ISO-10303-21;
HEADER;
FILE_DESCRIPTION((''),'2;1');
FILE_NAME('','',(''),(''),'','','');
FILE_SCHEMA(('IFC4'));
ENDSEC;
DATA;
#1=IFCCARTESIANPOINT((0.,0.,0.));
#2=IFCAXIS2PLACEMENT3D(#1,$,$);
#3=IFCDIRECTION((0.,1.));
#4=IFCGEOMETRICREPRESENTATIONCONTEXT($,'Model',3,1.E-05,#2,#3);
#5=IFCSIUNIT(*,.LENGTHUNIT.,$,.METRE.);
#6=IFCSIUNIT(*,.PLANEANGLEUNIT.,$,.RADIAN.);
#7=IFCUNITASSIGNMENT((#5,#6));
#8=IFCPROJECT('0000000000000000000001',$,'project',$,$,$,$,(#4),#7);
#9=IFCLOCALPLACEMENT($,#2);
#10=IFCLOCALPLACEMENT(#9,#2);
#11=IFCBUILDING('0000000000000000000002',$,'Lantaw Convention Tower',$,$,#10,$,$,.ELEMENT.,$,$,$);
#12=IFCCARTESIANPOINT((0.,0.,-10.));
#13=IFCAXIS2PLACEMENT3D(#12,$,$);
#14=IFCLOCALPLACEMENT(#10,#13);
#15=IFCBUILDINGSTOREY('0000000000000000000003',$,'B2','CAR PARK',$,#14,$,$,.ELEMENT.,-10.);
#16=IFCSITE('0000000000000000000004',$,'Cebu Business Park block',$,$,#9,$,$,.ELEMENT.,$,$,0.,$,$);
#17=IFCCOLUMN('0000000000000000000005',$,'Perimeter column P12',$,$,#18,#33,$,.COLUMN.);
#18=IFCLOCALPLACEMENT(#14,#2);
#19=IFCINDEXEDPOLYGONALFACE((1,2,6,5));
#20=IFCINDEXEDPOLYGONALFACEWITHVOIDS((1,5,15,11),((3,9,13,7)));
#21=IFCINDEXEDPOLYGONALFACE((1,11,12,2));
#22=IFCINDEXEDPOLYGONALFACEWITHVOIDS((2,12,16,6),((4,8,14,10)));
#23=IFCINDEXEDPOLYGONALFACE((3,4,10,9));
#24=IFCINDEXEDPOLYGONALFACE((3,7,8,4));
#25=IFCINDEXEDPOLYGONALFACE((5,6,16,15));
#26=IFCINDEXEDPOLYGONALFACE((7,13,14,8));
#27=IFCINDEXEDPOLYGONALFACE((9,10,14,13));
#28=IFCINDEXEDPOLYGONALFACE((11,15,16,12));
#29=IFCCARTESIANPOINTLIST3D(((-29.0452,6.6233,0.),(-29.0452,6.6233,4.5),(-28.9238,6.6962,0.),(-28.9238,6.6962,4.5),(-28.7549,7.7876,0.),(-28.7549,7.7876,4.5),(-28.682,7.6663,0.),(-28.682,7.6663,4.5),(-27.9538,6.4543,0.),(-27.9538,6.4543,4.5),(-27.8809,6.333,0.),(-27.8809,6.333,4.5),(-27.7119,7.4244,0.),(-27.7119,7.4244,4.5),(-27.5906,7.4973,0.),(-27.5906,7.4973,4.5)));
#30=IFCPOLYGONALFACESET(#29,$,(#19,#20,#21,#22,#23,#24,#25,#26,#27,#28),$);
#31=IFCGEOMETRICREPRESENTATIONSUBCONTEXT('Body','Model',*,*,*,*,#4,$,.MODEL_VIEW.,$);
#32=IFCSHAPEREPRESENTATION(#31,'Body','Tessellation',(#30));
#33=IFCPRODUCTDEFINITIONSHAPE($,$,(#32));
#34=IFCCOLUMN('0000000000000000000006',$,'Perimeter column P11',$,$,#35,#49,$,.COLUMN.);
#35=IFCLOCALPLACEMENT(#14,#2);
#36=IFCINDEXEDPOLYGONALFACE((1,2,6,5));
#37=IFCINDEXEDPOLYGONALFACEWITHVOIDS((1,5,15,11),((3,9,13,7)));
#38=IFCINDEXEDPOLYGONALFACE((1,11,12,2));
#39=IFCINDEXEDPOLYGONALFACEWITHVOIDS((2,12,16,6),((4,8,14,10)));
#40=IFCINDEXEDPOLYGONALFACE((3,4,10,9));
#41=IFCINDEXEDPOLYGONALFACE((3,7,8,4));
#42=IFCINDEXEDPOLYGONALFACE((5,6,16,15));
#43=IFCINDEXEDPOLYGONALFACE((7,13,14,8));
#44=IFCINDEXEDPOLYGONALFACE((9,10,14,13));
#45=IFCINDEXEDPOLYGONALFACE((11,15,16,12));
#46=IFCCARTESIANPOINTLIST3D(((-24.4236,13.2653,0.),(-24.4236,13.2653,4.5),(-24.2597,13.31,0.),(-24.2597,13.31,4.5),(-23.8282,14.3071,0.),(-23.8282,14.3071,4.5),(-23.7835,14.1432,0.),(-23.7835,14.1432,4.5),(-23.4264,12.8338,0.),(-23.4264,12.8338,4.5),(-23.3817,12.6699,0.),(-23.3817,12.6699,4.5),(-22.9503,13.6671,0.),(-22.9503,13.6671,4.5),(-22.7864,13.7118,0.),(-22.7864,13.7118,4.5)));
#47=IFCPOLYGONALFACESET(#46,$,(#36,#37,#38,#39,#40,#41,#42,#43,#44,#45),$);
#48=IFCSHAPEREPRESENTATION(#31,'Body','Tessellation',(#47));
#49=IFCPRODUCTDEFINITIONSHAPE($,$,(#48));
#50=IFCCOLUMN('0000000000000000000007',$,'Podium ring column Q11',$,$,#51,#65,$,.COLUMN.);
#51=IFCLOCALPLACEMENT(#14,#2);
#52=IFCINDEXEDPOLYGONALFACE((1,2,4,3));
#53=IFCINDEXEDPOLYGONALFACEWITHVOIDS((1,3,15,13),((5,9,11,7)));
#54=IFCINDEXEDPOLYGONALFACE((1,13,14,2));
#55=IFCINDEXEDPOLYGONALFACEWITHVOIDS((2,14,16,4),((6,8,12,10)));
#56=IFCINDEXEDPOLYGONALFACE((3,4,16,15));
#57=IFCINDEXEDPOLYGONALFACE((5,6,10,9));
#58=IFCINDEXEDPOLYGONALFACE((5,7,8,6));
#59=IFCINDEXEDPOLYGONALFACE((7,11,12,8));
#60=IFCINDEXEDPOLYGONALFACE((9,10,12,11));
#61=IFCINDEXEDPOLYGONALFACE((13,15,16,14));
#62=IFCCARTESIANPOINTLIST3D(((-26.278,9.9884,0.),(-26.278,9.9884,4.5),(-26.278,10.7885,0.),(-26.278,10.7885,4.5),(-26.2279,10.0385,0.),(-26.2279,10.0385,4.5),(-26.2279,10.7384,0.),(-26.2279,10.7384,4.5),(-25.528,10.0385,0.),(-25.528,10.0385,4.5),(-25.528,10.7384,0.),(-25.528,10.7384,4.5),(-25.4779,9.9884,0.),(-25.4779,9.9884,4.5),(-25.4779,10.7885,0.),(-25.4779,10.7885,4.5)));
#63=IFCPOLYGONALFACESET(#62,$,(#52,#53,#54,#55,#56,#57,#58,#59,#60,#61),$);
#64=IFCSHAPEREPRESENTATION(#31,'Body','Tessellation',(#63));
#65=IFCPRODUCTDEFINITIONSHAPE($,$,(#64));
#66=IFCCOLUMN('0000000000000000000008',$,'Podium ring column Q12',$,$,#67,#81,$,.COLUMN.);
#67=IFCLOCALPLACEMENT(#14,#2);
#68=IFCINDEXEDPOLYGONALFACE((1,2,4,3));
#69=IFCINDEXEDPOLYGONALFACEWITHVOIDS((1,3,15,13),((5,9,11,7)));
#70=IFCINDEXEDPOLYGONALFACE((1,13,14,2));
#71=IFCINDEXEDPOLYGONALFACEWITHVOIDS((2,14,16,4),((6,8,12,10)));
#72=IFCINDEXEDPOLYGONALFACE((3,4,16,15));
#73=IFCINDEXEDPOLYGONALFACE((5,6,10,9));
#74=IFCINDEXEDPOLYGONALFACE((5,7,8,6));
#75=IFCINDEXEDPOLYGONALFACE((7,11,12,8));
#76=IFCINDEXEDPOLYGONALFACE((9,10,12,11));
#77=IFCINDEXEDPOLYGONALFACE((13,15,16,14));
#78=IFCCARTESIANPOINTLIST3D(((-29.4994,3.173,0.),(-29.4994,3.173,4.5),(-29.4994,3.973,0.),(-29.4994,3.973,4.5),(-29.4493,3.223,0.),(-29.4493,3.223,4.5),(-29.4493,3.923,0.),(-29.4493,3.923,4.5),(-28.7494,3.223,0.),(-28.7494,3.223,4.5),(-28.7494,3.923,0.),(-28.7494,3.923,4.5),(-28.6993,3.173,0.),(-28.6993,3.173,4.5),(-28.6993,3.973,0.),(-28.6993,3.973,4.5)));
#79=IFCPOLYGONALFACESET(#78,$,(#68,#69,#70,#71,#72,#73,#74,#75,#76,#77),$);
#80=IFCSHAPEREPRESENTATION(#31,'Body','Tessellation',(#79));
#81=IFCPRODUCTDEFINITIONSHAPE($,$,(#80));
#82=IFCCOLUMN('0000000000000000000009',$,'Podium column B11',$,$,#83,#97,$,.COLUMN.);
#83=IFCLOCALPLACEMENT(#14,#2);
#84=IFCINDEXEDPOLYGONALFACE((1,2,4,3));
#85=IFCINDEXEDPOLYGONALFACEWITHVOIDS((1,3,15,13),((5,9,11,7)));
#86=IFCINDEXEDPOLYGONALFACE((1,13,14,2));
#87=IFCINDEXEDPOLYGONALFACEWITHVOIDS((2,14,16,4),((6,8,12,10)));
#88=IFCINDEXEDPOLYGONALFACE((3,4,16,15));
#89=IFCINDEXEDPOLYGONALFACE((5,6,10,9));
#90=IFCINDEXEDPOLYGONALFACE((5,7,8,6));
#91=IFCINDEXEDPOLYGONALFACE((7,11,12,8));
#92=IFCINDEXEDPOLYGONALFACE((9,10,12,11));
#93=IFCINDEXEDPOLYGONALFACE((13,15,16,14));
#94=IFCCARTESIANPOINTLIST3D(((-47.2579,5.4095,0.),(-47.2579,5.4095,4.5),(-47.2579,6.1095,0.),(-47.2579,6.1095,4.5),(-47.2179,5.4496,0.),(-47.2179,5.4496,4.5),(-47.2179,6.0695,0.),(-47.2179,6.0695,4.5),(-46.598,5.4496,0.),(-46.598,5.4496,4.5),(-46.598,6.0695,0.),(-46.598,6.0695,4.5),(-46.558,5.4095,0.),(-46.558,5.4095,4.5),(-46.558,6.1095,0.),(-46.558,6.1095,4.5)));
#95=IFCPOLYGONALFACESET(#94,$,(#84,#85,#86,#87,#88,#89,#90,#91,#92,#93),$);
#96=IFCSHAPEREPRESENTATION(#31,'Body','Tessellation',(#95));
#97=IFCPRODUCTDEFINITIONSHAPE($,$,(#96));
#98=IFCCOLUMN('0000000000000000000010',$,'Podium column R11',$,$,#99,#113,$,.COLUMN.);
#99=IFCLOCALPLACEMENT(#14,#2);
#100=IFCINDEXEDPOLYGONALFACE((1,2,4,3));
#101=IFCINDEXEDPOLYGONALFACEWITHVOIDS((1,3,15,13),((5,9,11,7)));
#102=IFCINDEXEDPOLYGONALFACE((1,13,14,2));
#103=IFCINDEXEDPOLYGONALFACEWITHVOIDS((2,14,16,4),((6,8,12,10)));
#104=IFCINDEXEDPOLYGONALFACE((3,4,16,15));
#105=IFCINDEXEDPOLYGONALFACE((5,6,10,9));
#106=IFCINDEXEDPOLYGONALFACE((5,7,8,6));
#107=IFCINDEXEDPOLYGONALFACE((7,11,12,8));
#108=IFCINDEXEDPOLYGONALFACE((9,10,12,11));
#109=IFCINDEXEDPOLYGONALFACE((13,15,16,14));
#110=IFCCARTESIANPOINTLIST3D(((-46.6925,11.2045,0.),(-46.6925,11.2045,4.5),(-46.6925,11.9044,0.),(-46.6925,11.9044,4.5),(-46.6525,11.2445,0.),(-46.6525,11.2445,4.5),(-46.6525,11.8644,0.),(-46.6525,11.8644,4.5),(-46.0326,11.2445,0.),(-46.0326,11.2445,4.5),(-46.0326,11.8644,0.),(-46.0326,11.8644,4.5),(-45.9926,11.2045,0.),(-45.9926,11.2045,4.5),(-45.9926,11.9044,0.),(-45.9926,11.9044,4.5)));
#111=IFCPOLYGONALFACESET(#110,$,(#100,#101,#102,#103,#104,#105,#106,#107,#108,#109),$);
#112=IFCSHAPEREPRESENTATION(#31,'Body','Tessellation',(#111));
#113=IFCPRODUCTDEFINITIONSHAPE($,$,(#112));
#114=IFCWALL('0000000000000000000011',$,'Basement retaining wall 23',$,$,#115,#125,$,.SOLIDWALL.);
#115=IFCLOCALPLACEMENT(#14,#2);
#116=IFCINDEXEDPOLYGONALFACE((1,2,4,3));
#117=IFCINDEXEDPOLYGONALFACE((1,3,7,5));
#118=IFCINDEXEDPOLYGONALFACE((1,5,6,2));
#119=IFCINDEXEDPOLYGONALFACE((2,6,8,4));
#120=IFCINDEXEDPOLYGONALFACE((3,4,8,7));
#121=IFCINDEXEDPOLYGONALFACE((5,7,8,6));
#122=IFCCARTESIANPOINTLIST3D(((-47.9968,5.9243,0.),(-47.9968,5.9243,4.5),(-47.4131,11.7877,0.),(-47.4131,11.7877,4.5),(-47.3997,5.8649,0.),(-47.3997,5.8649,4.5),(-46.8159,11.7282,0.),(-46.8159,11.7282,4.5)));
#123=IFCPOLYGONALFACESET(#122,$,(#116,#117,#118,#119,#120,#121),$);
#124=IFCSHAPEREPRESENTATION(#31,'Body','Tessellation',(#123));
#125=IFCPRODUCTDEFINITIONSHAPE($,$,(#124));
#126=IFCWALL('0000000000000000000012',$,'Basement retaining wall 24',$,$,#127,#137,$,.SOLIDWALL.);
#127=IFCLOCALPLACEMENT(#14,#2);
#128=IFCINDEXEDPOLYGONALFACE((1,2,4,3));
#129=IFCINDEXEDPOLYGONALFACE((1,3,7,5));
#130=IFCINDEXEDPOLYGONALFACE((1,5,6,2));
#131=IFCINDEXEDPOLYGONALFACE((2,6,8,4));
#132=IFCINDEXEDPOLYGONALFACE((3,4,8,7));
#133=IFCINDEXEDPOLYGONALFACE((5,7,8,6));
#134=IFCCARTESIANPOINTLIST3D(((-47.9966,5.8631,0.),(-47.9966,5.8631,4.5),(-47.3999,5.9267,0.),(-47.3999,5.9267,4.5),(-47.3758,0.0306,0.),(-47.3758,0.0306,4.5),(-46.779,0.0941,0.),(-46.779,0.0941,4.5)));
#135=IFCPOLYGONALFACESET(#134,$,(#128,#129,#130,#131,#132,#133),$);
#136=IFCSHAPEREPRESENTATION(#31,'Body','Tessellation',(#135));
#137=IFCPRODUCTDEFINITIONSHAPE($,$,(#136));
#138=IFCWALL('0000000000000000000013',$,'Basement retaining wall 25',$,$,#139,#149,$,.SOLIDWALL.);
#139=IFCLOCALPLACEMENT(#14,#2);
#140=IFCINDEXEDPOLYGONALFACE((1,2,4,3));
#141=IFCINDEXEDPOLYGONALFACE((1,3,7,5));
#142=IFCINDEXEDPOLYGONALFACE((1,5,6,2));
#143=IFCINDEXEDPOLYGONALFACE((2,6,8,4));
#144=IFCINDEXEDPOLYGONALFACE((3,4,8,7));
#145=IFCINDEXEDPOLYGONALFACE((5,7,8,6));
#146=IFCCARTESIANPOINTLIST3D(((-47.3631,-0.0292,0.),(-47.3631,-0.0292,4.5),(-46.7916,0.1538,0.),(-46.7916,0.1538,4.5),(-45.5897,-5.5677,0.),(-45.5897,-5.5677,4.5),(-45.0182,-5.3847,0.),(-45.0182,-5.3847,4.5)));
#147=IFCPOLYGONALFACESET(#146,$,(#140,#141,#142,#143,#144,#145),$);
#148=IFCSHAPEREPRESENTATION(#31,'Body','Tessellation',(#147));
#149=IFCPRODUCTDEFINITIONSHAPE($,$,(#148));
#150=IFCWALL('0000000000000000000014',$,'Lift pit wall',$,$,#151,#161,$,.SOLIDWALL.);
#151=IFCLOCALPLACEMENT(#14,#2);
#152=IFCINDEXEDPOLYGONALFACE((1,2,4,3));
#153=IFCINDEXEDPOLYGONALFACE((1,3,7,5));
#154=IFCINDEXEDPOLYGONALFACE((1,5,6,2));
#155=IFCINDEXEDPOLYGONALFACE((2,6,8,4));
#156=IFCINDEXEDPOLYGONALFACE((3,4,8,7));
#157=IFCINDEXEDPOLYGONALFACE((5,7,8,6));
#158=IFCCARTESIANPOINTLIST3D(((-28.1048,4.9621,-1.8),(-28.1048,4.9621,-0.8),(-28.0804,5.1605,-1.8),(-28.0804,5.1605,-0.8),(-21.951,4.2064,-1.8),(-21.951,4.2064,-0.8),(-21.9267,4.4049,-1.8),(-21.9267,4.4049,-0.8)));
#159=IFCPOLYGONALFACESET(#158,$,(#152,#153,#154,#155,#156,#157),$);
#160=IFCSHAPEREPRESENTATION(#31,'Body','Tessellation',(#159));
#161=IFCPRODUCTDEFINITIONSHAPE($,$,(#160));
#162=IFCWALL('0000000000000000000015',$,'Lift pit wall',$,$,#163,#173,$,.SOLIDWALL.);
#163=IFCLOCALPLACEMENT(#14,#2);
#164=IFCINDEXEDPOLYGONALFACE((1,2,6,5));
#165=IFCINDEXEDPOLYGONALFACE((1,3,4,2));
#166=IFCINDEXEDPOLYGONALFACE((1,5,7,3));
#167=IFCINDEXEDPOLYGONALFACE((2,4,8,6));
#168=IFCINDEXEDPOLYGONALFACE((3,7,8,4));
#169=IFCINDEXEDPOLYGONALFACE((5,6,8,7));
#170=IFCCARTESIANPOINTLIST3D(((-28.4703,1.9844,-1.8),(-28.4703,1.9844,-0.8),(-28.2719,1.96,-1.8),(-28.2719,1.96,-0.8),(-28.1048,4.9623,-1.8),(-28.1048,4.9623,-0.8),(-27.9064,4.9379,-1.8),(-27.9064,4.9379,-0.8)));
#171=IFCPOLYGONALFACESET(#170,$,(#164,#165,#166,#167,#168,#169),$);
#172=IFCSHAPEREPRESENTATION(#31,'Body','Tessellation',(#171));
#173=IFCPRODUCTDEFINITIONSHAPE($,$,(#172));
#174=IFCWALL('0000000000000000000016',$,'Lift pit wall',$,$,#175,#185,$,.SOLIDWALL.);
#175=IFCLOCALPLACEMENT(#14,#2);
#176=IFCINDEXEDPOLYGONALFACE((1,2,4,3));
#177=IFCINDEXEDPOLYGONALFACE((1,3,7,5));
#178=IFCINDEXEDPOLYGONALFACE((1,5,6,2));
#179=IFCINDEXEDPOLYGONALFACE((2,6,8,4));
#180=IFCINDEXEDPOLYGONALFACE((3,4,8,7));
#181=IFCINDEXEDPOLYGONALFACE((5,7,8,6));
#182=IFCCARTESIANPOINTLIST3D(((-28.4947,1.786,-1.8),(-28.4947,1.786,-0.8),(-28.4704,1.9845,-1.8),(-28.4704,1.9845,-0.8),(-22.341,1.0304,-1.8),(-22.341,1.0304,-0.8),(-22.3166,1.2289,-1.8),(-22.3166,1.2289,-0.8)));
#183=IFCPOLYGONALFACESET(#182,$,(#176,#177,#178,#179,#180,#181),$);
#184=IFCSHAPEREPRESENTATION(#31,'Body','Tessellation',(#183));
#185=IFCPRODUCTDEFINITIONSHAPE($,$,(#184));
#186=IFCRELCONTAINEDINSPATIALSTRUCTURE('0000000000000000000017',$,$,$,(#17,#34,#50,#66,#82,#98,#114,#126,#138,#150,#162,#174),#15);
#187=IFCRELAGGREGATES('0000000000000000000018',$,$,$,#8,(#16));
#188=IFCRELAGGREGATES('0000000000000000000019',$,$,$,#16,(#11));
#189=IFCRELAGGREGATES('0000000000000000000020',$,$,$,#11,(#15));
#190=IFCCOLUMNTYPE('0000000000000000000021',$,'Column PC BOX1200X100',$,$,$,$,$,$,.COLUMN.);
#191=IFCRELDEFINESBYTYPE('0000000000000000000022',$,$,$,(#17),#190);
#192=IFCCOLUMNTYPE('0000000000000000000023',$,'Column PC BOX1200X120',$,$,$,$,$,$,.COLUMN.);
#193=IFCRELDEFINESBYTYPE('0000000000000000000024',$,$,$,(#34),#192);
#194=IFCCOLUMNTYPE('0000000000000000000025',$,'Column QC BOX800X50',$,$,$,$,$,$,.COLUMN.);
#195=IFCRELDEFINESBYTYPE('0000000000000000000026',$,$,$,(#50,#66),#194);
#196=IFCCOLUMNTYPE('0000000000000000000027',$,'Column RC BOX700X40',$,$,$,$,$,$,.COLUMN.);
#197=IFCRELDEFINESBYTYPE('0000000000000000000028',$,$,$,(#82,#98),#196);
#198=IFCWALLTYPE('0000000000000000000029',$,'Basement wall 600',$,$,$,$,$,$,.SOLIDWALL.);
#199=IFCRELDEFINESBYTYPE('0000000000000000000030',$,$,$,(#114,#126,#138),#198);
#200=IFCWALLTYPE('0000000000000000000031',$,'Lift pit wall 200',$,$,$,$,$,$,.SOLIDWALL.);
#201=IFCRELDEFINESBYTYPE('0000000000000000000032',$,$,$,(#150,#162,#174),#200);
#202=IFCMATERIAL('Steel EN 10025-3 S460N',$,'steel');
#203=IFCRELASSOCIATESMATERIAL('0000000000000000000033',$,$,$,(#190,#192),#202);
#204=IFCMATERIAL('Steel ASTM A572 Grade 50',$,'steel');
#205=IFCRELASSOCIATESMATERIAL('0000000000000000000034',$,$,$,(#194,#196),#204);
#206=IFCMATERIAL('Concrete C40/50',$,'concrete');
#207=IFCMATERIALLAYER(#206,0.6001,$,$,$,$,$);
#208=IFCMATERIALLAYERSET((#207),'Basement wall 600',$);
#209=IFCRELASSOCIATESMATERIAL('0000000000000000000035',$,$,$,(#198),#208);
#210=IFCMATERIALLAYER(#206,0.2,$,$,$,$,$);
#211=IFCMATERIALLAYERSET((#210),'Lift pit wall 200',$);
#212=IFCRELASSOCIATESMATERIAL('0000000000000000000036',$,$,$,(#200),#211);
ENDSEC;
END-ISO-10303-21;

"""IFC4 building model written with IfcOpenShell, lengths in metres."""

from ifc_helpers import new_model, si_unit, direction, frame, frame_2d, origin, origin_2d, place, context, subcontext, project, spatial, rectangle, hollow_rectangle, extrude, material, layer, layer_set, material_profile, profile_set, type_object, element, save


model = new_model("IFC4")

# Units and contexts
model_context = context("Model", 3, precision=1e-05, world=origin(), true_north=direction((0.0, 1.0)))
body_context = subcontext(model_context, "Body", "Model", "MODEL_VIEW")
ifc_project = project(units=[si_unit("LENGTHUNIT", "METRE"), si_unit("PLANEANGLEUNIT", "RADIAN")], contexts=[model_context])

# Site, building, storey
site_placement = place(None, origin())
site = spatial("IfcSite", under=ifc_project, at=site_placement, Name="Cebu Business Park block", CompositionType="ELEMENT", RefElevation=0.0)
building_placement = place(site_placement, origin())
building = spatial("IfcBuilding", under=site, at=building_placement, Name="Lantaw Convention Tower", CompositionType="ELEMENT")
storey_placement = place(building_placement, frame((0.0, 0.0, -10.0)))
storey = spatial("IfcBuildingStorey", under=building, at=storey_placement, Name="B2", Description="CAR PARK", CompositionType="ELEMENT", Elevation=-10.0)

# Columns
ifc_material_1 = material(Name="Steel EN 10025-3 S460N", Category="steel")
ifc_material_2 = material(Name="Concrete C60/75", Category="concrete")
ifc_material_profile_1 = material_profile(ifc_material_1, hollow_rectangle(XDim=1.2, YDim=1.2, WallThickness=0.1001, at=origin_2d()), Name="BOX1200X100")
ifc_material_profile_2 = material_profile(ifc_material_2, rectangle(XDim=1.0, YDim=1.0, at=origin_2d()), Name="Concrete fill of BOX1200X100")
ifc_profile_set_1 = profile_set([ifc_material_profile_1, ifc_material_profile_2], Name="Steel EN 10025-3 S460N")
column_type_1 = type_object("IfcColumnType", Name="Column PC BOX1200X100", PredefinedType="COLUMN", material=ifc_profile_set_1)
column_1_placement = place(storey_placement, frame((-28.3179, 7.0603, 0.0), z_axis=(0.0, 0.0, 1.0), x_axis=(0.241922, 0.970296, 0.0)))
element("IfcColumn", 1, at=column_1_placement, inside=storey, type_object=column_type_1, Name="Perimeter column P12", PredefinedType="COLUMN", context=body_context, shape_type="SweptSolid", body=[
    extrude(hollow_rectangle(XDim=1.2, YDim=1.2, WallThickness=0.1001, at=origin_2d()), origin(), (0.0, 0.0, 1.0), 4.5),
])
ifc_material_profile_3 = material_profile(ifc_material_1, hollow_rectangle(XDim=1.2, YDim=1.2, WallThickness=0.1201, at=origin_2d()), Name="BOX1200X120")
ifc_material_profile_4 = material_profile(ifc_material_2, rectangle(XDim=0.96, YDim=0.96, at=origin_2d()), Name="Concrete fill of BOX1200X120")
ifc_profile_set_2 = profile_set([ifc_material_profile_3, ifc_material_profile_4], Name="Steel EN 10025-3 S460N")
column_type_2 = type_object("IfcColumnType", Name="Column PC BOX1200X120", PredefinedType="COLUMN", material=ifc_profile_set_2)
column_2_placement = place(storey_placement, frame((-23.605, 13.4885, 0.0), z_axis=(0.0, 0.0, 1.0), x_axis=(0.496139, 0.868243, 0.0)))
element("IfcColumn", 2, at=column_2_placement, inside=storey, type_object=column_type_2, Name="Perimeter column P11", PredefinedType="COLUMN", context=body_context, shape_type="SweptSolid", body=[
    extrude(hollow_rectangle(XDim=1.2, YDim=1.2, WallThickness=0.1201, at=origin_2d()), origin(), (0.0, 0.0, 1.0), 4.5),
])
ifc_material_3 = material(Name="Steel ASTM A572 Grade 50", Category="steel")
ifc_material_profile_5 = material_profile(ifc_material_3, hollow_rectangle(XDim=0.8, YDim=0.8, WallThickness=0.05, at=origin_2d()), Name="BOX800X50")
ifc_profile_set_3 = profile_set([ifc_material_profile_5], Name="Steel ASTM A572 Grade 50")
column_type_3 = type_object("IfcColumnType", Name="Column QC BOX800X50", PredefinedType="COLUMN", material=ifc_profile_set_3)
for number, where, z_axis, x_axis, name in (
    (3, (-25.8779, 10.3884, 0.0), (0.0, 0.0, 1.0), (1.0, 0.0, 0.0), "Podium ring column Q11"),
    (4, (-29.0994, 3.573, 0.0), (0.0, 0.0, 1.0), (1.0, 0.0, 0.0), "Podium ring column Q12"),
):
    element("IfcColumn", number, at=place(storey_placement, frame(where, z_axis=z_axis, x_axis=x_axis)), inside=storey, type_object=column_type_3, Name=name, PredefinedType="COLUMN", context=body_context, shape_type="SweptSolid", body=[
        extrude(hollow_rectangle(XDim=0.8, YDim=0.8, WallThickness=0.05, at=origin_2d()), origin(), (0.0, 0.0, 1.0), 4.5),
    ])
ifc_material_profile_6 = material_profile(ifc_material_3, hollow_rectangle(XDim=0.7, YDim=0.7, WallThickness=0.04, at=origin_2d()), Name="BOX700X40")
ifc_profile_set_4 = profile_set([ifc_material_profile_6], Name="Steel ASTM A572 Grade 50")
column_type_4 = type_object("IfcColumnType", Name="Column RC BOX700X40", PredefinedType="COLUMN", material=ifc_profile_set_4)
for number, where, z_axis, x_axis, name in (
    (5, (-46.908, 5.7595, 0.0), (0.0, 0.0, 1.0), (1.0, 0.0, 0.0), "Podium column B11"),
    (6, (-46.3425, 11.5544, 0.0), (0.0, 0.0, 1.0), (1.0, 0.0, 0.0), "Podium column R11"),
):
    element("IfcColumn", number, at=place(storey_placement, frame(where, z_axis=z_axis, x_axis=x_axis)), inside=storey, type_object=column_type_4, Name=name, PredefinedType="COLUMN", context=body_context, shape_type="SweptSolid", body=[
        extrude(hollow_rectangle(XDim=0.7, YDim=0.7, WallThickness=0.04, at=origin_2d()), origin(), (0.0, 0.0, 1.0), 4.5),
    ])

# Walls
ifc_material_4 = material(Name="Concrete C40/50", Category="concrete")
ifc_layer_1 = layer(ifc_material_4, 0.6001)
ifc_layer_set_1 = layer_set([ifc_layer_1], Name="Basement wall 600")
wall_type_1 = type_object("IfcWallType", Name="Basement wall 600", PredefinedType="SOLIDWALL", material=ifc_layer_set_1)
wall_1_placement = place(storey_placement, frame((-47.1145, 11.7581, 0.0), z_axis=(0.0, 0.0, 1.0), x_axis=(-0.099069, -0.995081, 0.0)))
element("IfcWall", 7, at=wall_1_placement, inside=storey, type_object=wall_type_1, Name="Basement retaining wall 23", PredefinedType="SOLIDWALL", context=body_context, shape_type="SweptSolid", body=[
    extrude(rectangle(XDim=5.8923, YDim=0.6001, at=frame_2d((2.9463, 0.0))), origin(), (0.0, 0.0, 1.0), 4.5),
])
wall_2_placement = place(storey_placement, frame((-47.6982, 5.8948, 0.0), z_axis=(0.0, 0.0, 1.0), x_axis=(0.105848, -0.994382, 0.0)))
element("IfcWall", 8, at=wall_2_placement, inside=storey, type_object=wall_type_1, Name="Basement retaining wall 24", PredefinedType="SOLIDWALL", context=body_context, shape_type="SweptSolid", body=[
    extrude(rectangle(XDim=5.8655, YDim=0.6001, at=frame_2d((2.9326, 0.0))), origin(), (0.0, 0.0, 1.0), 4.5),
])
wall_3_placement = place(storey_placement, frame((-47.0774, 0.0623, 0.0), z_axis=(0.0, 0.0, 1.0), x_axis=(0.304959, -0.952366, 0.0)))
element("IfcWall", 9, at=wall_3_placement, inside=storey, type_object=wall_type_1, Name="Basement retaining wall 25", PredefinedType="SOLIDWALL", context=body_context, shape_type="SweptSolid", body=[
    extrude(rectangle(XDim=5.8154, YDim=0.6001, at=frame_2d((2.9077, 0.0))), origin(), (0.0, 0.0, 1.0), 4.5),
])
ifc_layer_2 = layer(ifc_material_4, 0.2)
ifc_layer_set_2 = layer_set([ifc_layer_2], Name="Lift pit wall 200")
wall_type_2 = type_object("IfcWallType", Name="Lift pit wall 200", PredefinedType="SOLIDWALL", material=ifc_layer_set_2)
wall_4_placement = place(storey_placement, frame((-21.9387, 4.3057, -1.8), z_axis=(0.0, 0.0, 1.0), x_axis=(-0.992546, 0.121873, 0.0)))
element("IfcWall", 10, at=wall_4_placement, inside=storey, type_object=wall_type_2, Name="Lift pit wall", PredefinedType="SOLIDWALL", context=body_context, shape_type="SweptSolid", body=[
    extrude(rectangle(XDim=6.2, YDim=0.2, at=frame_2d((3.1001, 0.0))), origin(), (0.0, 0.0, 1.0), 1.0),
])
wall_5_placement = place(storey_placement, frame((-28.0056, 4.95, -1.8), z_axis=(0.0, 0.0, 1.0), x_axis=(-0.121821, -0.992552, 0.0)))
element("IfcWall", 11, at=wall_5_placement, inside=storey, type_object=wall_type_2, Name="Lift pit wall", PredefinedType="SOLIDWALL", context=body_context, shape_type="SweptSolid", body=[
    extrude(rectangle(XDim=3.0002, YDim=0.2, at=frame_2d((1.5, 0.0))), origin(), (0.0, 0.0, 1.0), 1.0),
])
wall_6_placement = place(storey_placement, frame((-28.4827, 1.8853, -1.8), z_axis=(0.0, 0.0, 1.0), x_axis=(0.992546, -0.121873, 0.0)))
element("IfcWall", 12, at=wall_6_placement, inside=storey, type_object=wall_type_2, Name="Lift pit wall", PredefinedType="SOLIDWALL", context=body_context, shape_type="SweptSolid", body=[
    extrude(rectangle(XDim=6.2, YDim=0.2, at=frame_2d((3.1001, 0.0))), origin(), (0.0, 0.0, 1.0), 1.0),
])

save(model, "model.ifc")
